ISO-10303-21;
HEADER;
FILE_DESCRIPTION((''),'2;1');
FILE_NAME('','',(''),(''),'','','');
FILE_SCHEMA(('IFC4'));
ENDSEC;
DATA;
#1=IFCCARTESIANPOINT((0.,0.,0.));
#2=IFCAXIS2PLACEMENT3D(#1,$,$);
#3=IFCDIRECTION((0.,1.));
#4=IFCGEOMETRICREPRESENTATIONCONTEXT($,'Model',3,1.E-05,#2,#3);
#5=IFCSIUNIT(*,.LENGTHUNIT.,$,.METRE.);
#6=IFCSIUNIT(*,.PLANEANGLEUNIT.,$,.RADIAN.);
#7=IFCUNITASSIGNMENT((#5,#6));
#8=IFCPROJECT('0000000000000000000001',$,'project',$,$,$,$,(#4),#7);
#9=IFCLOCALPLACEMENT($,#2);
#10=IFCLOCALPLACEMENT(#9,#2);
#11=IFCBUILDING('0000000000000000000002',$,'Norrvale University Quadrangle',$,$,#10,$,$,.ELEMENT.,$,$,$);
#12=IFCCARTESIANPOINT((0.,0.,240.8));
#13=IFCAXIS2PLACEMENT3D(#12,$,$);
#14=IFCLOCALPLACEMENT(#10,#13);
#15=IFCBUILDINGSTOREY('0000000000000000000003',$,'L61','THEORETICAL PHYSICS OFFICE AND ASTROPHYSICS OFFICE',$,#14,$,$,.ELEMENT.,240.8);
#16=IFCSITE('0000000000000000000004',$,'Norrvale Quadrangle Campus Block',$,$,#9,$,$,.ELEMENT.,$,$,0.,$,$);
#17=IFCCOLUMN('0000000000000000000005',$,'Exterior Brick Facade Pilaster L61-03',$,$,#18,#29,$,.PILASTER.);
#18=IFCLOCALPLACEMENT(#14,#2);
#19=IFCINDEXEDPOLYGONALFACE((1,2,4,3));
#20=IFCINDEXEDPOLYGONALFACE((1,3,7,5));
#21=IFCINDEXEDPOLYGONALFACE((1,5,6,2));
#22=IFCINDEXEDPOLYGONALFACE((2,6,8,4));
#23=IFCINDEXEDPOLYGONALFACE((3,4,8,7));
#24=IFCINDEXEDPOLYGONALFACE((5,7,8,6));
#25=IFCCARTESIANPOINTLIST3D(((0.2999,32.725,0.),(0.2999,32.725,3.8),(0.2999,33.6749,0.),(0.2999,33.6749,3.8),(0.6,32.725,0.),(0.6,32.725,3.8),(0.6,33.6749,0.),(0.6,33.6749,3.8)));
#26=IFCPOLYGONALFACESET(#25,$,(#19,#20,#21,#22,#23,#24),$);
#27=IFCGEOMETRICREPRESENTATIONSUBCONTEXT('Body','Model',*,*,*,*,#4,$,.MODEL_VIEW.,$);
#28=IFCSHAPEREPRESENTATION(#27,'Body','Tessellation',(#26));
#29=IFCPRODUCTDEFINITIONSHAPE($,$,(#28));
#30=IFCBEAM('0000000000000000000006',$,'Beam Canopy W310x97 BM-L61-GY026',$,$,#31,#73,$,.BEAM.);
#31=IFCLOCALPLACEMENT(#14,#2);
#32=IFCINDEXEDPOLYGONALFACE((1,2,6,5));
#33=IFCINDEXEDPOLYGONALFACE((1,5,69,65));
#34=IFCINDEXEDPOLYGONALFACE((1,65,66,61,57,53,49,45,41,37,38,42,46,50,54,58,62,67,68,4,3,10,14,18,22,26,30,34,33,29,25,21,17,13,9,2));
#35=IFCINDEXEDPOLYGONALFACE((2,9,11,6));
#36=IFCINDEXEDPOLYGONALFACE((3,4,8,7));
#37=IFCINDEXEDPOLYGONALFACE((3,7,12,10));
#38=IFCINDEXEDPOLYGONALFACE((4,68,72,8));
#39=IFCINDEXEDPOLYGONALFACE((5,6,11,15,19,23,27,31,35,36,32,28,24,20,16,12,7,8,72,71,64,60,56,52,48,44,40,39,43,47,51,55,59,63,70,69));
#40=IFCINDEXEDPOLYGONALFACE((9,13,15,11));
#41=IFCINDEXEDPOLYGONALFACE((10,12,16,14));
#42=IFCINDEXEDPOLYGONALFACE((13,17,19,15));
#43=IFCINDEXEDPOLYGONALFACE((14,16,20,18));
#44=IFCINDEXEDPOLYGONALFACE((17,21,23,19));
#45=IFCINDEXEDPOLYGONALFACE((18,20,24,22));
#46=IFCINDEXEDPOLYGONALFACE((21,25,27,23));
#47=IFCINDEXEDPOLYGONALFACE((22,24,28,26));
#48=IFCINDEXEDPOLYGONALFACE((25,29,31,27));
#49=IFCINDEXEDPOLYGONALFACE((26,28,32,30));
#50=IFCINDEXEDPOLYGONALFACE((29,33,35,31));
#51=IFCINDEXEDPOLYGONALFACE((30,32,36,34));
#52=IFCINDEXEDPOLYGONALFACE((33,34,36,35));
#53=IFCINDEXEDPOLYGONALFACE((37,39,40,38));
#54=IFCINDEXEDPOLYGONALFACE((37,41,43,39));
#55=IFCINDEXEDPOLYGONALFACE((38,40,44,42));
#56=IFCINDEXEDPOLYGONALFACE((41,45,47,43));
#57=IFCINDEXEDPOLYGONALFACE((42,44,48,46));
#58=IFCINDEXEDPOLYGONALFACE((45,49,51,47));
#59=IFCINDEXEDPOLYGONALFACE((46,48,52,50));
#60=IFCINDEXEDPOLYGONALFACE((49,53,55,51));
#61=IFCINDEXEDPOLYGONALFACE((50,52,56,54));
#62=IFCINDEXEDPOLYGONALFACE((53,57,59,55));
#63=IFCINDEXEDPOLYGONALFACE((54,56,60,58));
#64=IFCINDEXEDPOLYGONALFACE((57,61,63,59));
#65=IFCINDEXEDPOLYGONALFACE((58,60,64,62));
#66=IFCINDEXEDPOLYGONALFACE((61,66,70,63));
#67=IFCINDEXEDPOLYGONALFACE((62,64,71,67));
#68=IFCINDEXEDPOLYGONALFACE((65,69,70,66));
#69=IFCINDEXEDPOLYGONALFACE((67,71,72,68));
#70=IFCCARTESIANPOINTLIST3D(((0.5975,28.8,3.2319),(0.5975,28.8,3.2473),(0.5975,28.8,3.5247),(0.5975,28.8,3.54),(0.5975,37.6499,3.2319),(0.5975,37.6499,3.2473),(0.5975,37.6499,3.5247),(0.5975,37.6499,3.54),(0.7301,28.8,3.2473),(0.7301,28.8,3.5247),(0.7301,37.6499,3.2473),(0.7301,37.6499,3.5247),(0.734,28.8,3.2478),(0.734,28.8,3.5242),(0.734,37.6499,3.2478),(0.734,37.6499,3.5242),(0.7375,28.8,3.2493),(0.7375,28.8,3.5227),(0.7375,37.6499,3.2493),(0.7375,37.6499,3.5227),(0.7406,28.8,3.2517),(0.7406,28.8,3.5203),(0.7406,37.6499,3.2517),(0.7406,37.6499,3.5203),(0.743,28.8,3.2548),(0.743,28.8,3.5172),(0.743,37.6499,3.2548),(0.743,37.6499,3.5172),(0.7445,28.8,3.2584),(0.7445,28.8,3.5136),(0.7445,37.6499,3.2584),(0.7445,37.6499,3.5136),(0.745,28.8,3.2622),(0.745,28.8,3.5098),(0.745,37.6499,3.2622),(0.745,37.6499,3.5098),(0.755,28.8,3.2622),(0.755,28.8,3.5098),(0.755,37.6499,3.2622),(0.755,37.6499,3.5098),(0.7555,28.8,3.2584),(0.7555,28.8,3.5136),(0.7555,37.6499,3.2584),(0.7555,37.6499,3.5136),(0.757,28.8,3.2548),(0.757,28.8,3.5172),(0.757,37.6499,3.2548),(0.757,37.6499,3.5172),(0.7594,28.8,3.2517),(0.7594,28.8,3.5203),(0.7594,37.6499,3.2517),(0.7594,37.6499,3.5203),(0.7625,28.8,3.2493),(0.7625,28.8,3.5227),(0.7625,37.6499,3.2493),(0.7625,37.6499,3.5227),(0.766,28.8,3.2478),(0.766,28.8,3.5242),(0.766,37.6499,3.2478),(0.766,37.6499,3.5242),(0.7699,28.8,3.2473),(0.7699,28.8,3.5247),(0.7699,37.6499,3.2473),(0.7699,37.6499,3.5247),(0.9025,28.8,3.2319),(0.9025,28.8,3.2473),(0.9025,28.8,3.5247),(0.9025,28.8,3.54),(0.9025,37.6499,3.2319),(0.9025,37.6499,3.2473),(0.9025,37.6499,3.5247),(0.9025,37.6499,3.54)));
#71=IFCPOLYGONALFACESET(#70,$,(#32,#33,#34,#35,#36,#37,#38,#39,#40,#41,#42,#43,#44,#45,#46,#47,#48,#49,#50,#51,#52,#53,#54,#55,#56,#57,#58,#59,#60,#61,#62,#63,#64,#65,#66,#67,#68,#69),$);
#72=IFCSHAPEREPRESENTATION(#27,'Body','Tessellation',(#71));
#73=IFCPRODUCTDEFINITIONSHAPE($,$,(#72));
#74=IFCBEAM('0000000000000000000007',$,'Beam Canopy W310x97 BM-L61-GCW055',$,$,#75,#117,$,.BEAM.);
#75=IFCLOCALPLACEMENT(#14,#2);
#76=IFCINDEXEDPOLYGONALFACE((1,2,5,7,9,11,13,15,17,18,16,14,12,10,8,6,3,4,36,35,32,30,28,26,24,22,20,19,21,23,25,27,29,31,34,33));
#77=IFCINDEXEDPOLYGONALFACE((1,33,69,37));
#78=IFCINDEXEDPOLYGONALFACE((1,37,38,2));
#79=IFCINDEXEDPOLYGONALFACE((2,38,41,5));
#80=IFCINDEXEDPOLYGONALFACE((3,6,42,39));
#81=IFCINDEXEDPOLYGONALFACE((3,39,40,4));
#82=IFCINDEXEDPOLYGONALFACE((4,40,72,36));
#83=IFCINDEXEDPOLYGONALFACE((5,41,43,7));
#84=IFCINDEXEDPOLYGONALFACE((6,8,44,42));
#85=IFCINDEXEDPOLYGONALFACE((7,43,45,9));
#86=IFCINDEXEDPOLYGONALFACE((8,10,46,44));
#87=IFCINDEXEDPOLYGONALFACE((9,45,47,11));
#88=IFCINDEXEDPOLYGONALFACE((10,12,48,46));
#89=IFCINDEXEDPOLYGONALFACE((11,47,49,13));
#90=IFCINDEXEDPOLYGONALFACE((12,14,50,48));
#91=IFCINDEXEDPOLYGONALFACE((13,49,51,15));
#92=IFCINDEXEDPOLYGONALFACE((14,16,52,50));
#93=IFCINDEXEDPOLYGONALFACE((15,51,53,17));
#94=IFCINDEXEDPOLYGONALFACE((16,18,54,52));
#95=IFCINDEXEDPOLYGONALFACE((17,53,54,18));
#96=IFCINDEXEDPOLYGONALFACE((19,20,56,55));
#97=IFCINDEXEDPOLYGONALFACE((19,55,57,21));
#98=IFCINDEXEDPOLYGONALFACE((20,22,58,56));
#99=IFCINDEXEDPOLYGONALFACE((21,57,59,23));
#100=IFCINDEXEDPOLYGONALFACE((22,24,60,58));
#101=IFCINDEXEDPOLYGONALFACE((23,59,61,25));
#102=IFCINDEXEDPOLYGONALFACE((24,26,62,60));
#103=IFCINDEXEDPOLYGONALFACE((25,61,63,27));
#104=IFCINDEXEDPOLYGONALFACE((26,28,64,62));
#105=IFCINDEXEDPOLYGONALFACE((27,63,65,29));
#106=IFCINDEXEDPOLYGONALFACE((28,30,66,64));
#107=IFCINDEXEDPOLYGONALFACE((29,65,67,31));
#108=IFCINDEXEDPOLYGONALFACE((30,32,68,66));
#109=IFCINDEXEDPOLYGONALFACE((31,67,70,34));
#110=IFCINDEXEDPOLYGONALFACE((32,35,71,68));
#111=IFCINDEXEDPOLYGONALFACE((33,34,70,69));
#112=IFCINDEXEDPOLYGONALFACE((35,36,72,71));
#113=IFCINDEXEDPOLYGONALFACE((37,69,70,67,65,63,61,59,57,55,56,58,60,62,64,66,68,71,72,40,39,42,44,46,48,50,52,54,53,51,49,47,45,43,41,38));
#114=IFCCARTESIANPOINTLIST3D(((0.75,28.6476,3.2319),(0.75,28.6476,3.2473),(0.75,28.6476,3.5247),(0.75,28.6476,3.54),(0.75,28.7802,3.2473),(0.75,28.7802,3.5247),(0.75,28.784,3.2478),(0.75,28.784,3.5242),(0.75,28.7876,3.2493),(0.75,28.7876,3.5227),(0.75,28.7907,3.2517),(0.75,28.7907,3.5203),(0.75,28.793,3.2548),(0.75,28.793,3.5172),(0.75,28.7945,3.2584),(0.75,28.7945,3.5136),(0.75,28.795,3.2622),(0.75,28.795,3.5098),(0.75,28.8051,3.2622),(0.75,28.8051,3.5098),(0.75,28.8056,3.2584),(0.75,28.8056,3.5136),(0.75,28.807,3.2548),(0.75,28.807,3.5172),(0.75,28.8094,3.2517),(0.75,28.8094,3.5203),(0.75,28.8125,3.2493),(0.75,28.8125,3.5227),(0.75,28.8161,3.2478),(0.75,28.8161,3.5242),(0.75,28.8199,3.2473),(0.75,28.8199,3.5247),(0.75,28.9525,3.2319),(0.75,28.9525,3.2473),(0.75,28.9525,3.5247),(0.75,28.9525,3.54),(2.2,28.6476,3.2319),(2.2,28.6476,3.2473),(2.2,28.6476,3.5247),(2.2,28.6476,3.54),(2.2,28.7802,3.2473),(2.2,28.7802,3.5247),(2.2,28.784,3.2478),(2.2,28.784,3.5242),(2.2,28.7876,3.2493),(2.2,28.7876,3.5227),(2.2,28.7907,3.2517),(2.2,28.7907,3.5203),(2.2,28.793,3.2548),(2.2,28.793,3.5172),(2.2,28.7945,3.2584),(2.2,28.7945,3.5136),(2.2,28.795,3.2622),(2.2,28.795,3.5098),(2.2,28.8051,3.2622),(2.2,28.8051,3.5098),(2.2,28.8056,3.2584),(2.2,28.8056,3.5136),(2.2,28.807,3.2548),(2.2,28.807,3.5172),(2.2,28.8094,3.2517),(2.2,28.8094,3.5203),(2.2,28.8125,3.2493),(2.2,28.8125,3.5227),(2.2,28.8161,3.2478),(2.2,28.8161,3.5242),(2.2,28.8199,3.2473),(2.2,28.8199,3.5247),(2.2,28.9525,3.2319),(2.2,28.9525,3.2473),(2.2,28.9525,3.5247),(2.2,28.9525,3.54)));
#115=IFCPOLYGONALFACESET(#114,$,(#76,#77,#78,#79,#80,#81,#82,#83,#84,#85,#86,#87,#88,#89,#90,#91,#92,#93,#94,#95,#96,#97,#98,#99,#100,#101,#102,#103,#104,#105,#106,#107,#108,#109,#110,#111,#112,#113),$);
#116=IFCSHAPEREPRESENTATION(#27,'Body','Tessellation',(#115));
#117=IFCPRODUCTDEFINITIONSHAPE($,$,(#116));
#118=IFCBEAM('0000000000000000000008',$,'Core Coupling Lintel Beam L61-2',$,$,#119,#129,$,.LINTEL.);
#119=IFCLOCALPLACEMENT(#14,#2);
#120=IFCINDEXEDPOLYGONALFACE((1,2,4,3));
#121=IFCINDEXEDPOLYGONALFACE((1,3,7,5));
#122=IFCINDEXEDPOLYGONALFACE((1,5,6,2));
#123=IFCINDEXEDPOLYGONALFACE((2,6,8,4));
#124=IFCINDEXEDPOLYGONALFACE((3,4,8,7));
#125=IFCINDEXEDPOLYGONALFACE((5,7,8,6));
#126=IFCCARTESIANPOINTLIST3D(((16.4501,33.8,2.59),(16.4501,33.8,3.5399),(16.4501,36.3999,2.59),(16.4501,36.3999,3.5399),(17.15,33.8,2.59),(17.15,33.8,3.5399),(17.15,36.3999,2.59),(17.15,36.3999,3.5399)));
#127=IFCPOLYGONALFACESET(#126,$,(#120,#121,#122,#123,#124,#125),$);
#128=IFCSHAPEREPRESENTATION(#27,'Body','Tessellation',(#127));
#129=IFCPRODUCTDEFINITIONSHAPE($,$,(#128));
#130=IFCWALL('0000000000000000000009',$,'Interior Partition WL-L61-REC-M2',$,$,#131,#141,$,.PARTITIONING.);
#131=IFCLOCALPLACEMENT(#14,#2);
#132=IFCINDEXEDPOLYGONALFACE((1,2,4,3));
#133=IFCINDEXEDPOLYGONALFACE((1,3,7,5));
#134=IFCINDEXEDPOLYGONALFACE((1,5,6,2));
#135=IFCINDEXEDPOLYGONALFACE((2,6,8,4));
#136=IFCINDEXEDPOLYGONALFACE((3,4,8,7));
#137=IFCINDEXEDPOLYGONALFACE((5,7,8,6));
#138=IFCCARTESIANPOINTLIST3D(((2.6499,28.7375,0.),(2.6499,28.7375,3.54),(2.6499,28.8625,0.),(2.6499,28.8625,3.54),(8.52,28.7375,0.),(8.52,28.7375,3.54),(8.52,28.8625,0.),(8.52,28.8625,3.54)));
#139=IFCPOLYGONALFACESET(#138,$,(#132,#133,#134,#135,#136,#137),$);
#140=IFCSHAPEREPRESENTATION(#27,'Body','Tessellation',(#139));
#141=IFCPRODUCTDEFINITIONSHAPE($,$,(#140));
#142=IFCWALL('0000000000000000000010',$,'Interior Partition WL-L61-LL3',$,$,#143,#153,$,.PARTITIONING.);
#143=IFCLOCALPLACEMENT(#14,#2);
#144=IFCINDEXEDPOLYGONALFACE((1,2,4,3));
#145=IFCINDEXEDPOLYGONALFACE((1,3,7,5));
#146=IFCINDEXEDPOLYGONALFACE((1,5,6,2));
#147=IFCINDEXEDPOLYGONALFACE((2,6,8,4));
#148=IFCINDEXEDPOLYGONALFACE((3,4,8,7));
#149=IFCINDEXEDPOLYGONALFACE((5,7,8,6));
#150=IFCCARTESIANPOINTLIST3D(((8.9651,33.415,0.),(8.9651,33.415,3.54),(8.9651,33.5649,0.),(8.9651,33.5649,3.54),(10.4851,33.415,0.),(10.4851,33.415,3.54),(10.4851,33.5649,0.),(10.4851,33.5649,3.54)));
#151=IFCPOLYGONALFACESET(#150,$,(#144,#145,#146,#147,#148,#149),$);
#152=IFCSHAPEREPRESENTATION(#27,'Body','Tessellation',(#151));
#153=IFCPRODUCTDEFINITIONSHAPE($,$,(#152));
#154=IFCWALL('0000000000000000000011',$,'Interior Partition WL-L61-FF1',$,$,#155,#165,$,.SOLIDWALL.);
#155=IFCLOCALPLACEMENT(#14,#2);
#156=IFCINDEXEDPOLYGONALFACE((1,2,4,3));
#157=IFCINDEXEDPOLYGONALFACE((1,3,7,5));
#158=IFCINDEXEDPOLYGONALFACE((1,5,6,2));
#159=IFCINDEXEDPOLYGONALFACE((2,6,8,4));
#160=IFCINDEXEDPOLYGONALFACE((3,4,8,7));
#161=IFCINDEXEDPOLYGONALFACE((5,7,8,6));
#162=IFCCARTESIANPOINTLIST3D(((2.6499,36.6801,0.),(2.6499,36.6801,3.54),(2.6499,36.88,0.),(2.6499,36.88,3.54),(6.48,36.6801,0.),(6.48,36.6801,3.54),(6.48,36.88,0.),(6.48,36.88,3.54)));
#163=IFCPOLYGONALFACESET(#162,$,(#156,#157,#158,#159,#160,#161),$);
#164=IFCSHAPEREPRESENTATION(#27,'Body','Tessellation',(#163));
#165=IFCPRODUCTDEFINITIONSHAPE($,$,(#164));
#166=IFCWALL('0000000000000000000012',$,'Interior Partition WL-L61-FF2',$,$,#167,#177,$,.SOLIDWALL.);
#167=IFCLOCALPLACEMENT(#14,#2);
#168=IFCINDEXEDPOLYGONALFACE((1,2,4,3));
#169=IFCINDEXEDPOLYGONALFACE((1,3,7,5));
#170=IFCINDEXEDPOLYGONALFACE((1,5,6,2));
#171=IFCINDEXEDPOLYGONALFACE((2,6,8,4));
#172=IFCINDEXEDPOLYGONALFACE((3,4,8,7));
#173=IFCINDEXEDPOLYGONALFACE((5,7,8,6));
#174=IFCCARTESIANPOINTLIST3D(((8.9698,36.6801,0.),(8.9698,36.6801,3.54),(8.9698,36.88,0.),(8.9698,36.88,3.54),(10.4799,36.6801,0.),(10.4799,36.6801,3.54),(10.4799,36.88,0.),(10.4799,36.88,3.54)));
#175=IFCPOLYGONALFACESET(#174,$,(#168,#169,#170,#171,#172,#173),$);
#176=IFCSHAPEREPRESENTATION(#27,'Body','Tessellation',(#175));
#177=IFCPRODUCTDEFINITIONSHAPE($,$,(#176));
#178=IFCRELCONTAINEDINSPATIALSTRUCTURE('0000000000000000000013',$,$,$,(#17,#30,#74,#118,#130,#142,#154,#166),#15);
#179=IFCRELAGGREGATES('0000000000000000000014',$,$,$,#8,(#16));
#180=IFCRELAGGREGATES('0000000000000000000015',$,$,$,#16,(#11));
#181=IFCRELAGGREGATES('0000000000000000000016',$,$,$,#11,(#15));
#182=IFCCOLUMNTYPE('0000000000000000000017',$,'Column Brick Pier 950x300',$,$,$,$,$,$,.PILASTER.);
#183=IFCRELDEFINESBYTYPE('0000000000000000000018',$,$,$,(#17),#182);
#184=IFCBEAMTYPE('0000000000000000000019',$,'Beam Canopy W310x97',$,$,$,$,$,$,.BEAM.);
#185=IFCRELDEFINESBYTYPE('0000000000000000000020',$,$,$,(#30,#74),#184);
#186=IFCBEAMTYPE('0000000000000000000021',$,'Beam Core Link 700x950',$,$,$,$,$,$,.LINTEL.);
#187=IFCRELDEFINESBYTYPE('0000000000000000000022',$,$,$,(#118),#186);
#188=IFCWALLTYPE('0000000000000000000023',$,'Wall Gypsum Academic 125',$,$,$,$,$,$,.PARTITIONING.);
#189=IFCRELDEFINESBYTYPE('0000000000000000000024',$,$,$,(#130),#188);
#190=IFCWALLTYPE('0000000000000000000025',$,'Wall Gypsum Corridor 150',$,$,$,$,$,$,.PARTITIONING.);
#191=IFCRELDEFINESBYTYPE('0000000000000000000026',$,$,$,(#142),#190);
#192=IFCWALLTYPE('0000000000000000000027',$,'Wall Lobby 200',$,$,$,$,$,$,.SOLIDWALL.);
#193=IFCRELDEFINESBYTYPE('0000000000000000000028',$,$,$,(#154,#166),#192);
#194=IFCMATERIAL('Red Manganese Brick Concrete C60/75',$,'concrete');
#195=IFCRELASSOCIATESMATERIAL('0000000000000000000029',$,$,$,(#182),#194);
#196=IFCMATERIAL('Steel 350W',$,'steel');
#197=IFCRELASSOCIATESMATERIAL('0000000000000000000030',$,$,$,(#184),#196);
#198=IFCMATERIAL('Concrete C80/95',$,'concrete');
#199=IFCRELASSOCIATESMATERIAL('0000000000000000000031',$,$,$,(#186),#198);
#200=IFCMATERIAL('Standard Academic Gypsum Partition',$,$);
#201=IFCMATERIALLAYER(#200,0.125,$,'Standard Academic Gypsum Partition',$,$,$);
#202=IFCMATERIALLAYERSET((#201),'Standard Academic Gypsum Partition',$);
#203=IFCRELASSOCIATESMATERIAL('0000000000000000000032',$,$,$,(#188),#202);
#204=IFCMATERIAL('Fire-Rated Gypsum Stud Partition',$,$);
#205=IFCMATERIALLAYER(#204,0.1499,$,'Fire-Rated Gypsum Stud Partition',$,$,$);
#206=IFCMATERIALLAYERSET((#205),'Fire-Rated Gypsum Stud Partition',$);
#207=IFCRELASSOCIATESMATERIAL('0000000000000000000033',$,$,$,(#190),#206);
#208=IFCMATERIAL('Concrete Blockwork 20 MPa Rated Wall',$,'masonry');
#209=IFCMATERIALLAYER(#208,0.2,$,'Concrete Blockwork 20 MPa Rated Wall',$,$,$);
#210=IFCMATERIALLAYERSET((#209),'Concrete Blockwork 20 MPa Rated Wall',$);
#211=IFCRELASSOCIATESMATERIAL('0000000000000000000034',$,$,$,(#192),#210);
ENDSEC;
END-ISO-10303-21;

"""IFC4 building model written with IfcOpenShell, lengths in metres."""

from ifc_helpers import new_model, si_unit, direction, frame, frame_2d, origin, origin_2d, place, context, subcontext, project, spatial, rectangle, i_section, extrude, material, layer, layer_set, material_profile, profile_set, type_object, element, save


model = new_model("IFC4")

# Units and contexts
model_context = context("Model", 3, precision=1e-05, world=origin(), true_north=direction((0.0, 1.0)))
body_context = subcontext(model_context, "Body", "Model", "MODEL_VIEW")
ifc_project = project(units=[si_unit("LENGTHUNIT", "METRE"), si_unit("PLANEANGLEUNIT", "RADIAN")], contexts=[model_context])

# Site, building, storey
site_placement = place(None, origin())
site = spatial("IfcSite", under=ifc_project, at=site_placement, Name="Norrvale Quadrangle Campus Block", CompositionType="ELEMENT", RefElevation=0.0)
building_placement = place(site_placement, origin())
building = spatial("IfcBuilding", under=site, at=building_placement, Name="Norrvale University Quadrangle", CompositionType="ELEMENT")
storey_placement = place(building_placement, frame((0.0, 0.0, 240.8)))
storey = spatial("IfcBuildingStorey", under=building, at=storey_placement, Name="L61", Description="THEORETICAL PHYSICS OFFICE AND ASTROPHYSICS OFFICE", CompositionType="ELEMENT", Elevation=240.8)

# Column
ifc_material_1 = material(Name="Red Manganese Brick Concrete C60/75", Category="concrete")
ifc_material_profile_1 = material_profile(ifc_material_1, rectangle(XDim=0.95, YDim=0.3, at=origin_2d()), Name="Red Manganese Brick Concrete C60/75")
ifc_profile_set_1 = profile_set([ifc_material_profile_1], Name="Red Manganese Brick Concrete C60/75")
column_type = type_object("IfcColumnType", Name="Column Brick Pier 950x300", PredefinedType="PILASTER", material=ifc_profile_set_1)
column_placement = place(storey_placement, frame((0.45, 33.2, 0.0), z_axis=(0.0, 0.0, 1.0), x_axis=(0.0, 1.0, 0.0)))
element("IfcColumn", 1, at=column_placement, inside=storey, type_object=column_type, Name="Exterior Brick Facade Pilaster L61-03", PredefinedType="PILASTER", context=body_context, shape_type="SweptSolid", body=[
    extrude(rectangle(XDim=0.95, YDim=0.3, at=origin_2d()), origin(), (0.0, 0.0, 1.0), 3.8),
])

# Beams
ifc_material_2 = material(Name="Steel 350W", Category="steel")
ifc_material_profile_2 = material_profile(ifc_material_2, i_section(OverallWidth=0.3049, OverallDepth=0.3081, WebThickness=0.01, FlangeThickness=0.0154, FilletRadius=0.0149, at=origin_2d()), Name="Steel 350W")
ifc_profile_set_2 = profile_set([ifc_material_profile_2], Name="Steel 350W")
beam_type_1 = type_object("IfcBeamType", Name="Beam Canopy W310x97", PredefinedType="BEAM", material=ifc_profile_set_2)
beam_1_placement = place(storey_placement, frame((0.75, 28.8, 3.386), z_axis=(0.0, 1.0, 0.0), x_axis=(-1.0, 0.0, 0.0)))
element("IfcBeam", 2, at=beam_1_placement, inside=storey, type_object=beam_type_1, Name="Beam Canopy W310x97 BM-L61-GY026", PredefinedType="BEAM", context=body_context, shape_type="SweptSolid", body=[
    extrude(i_section(OverallWidth=0.3049, OverallDepth=0.3081, WebThickness=0.01, FlangeThickness=0.0154, FilletRadius=0.0149, at=origin_2d()), origin(), (0.0, 0.0, 1.0), 8.8499),
])
beam_2_placement = place(storey_placement, frame((0.75, 28.8, 3.386), z_axis=(1.0, 0.0, 0.0), x_axis=(0.0, 1.0, 0.0)))
element("IfcBeam", 3, at=beam_2_placement, inside=storey, type_object=beam_type_1, Name="Beam Canopy W310x97 BM-L61-GCW055", PredefinedType="BEAM", context=body_context, shape_type="SweptSolid", body=[
    extrude(i_section(OverallWidth=0.3049, OverallDepth=0.3081, WebThickness=0.01, FlangeThickness=0.0154, FilletRadius=0.0149, at=origin_2d()), origin(), (0.0, 0.0, 1.0), 1.45),
])
ifc_material_3 = material(Name="Concrete C80/95", Category="concrete")
ifc_material_profile_3 = material_profile(ifc_material_3, rectangle(XDim=0.7, YDim=0.95, at=origin_2d()), Name="Concrete C80/95")
ifc_profile_set_3 = profile_set([ifc_material_profile_3], Name="Concrete C80/95")
beam_type_2 = type_object("IfcBeamType", Name="Beam Core Link 700x950", PredefinedType="LINTEL", material=ifc_profile_set_3)
beam_3_placement = place(storey_placement, frame((16.8, 33.8, 3.0649), z_axis=(0.0, 1.0, 0.0), x_axis=(-1.0, 0.0, 0.0)))
element("IfcBeam", 4, at=beam_3_placement, inside=storey, type_object=beam_type_2, Name="Core Coupling Lintel Beam L61-2", PredefinedType="LINTEL", context=body_context, shape_type="SweptSolid", body=[
    extrude(rectangle(XDim=0.7, YDim=0.95, at=origin_2d()), origin(), (0.0, 0.0, 1.0), 2.5999),
])

# Walls
ifc_material_4 = material(Name="Standard Academic Gypsum Partition")
ifc_layer_1 = layer(ifc_material_4, 0.125, Name="Standard Academic Gypsum Partition")
ifc_layer_set_1 = layer_set([ifc_layer_1], Name="Standard Academic Gypsum Partition")
wall_type_1 = type_object("IfcWallType", Name="Wall Gypsum Academic 125", PredefinedType="PARTITIONING", material=ifc_layer_set_1)
wall_1_placement = place(storey_placement, frame((2.6499, 28.8, 0.0), z_axis=(0.0, 0.0, 1.0), x_axis=(1.0, 0.0, 0.0)))
element("IfcWall", 5, at=wall_1_placement, inside=storey, type_object=wall_type_1, Name="Interior Partition WL-L61-REC-M2", PredefinedType="PARTITIONING", context=body_context, shape_type="SweptSolid", body=[
    extrude(rectangle(XDim=5.8701, YDim=0.125, at=frame_2d((2.9351, 0.0))), origin(), (0.0, 0.0, 1.0), 3.54),
])
ifc_material_5 = material(Name="Fire-Rated Gypsum Stud Partition")
ifc_layer_2 = layer(ifc_material_5, 0.1499, Name="Fire-Rated Gypsum Stud Partition")
ifc_layer_set_2 = layer_set([ifc_layer_2], Name="Fire-Rated Gypsum Stud Partition")
wall_type_2 = type_object("IfcWallType", Name="Wall Gypsum Corridor 150", PredefinedType="PARTITIONING", material=ifc_layer_set_2)
wall_2_placement = place(storey_placement, frame((8.9651, 33.49, 0.0), z_axis=(0.0, 0.0, 1.0), x_axis=(1.0, 0.0, 0.0)))
element("IfcWall", 6, at=wall_2_placement, inside=storey, type_object=wall_type_2, Name="Interior Partition WL-L61-LL3", PredefinedType="PARTITIONING", context=body_context, shape_type="SweptSolid", body=[
    extrude(rectangle(XDim=1.52, YDim=0.1499, at=frame_2d((0.76, 0.0))), origin(), (0.0, 0.0, 1.0), 3.54),
])
ifc_material_6 = material(Name="Concrete Blockwork 20 MPa Rated Wall", Category="masonry")
ifc_layer_3 = layer(ifc_material_6, 0.2, Name="Concrete Blockwork 20 MPa Rated Wall")
ifc_layer_set_3 = layer_set([ifc_layer_3], Name="Concrete Blockwork 20 MPa Rated Wall")
wall_type_3 = type_object("IfcWallType", Name="Wall Lobby 200", PredefinedType="SOLIDWALL", material=ifc_layer_set_3)
wall_3_placement = place(storey_placement, frame((2.6499, 36.78, 0.0), z_axis=(0.0, 0.0, 1.0), x_axis=(1.0, 0.0, 0.0)))
element("IfcWall", 7, at=wall_3_placement, inside=storey, type_object=wall_type_3, Name="Interior Partition WL-L61-FF1", PredefinedType="SOLIDWALL", context=body_context, shape_type="SweptSolid", body=[
    extrude(rectangle(XDim=3.8301, YDim=0.2, at=frame_2d((1.915, 0.0))), origin(), (0.0, 0.0, 1.0), 3.54),
])
wall_4_placement = place(storey_placement, frame((8.97, 36.78, 0.0), z_axis=(0.0, 0.0, 1.0), x_axis=(1.0, 0.0, 0.0)))
element("IfcWall", 8, at=wall_4_placement, inside=storey, type_object=wall_type_3, Name="Interior Partition WL-L61-FF2", PredefinedType="SOLIDWALL", context=body_context, shape_type="SweptSolid", body=[
    extrude(rectangle(XDim=1.51, YDim=0.2, at=frame_2d((0.7549, 0.0))), origin(), (0.0, 0.0, 1.0), 3.54),
])

save(model, "model.ifc")
